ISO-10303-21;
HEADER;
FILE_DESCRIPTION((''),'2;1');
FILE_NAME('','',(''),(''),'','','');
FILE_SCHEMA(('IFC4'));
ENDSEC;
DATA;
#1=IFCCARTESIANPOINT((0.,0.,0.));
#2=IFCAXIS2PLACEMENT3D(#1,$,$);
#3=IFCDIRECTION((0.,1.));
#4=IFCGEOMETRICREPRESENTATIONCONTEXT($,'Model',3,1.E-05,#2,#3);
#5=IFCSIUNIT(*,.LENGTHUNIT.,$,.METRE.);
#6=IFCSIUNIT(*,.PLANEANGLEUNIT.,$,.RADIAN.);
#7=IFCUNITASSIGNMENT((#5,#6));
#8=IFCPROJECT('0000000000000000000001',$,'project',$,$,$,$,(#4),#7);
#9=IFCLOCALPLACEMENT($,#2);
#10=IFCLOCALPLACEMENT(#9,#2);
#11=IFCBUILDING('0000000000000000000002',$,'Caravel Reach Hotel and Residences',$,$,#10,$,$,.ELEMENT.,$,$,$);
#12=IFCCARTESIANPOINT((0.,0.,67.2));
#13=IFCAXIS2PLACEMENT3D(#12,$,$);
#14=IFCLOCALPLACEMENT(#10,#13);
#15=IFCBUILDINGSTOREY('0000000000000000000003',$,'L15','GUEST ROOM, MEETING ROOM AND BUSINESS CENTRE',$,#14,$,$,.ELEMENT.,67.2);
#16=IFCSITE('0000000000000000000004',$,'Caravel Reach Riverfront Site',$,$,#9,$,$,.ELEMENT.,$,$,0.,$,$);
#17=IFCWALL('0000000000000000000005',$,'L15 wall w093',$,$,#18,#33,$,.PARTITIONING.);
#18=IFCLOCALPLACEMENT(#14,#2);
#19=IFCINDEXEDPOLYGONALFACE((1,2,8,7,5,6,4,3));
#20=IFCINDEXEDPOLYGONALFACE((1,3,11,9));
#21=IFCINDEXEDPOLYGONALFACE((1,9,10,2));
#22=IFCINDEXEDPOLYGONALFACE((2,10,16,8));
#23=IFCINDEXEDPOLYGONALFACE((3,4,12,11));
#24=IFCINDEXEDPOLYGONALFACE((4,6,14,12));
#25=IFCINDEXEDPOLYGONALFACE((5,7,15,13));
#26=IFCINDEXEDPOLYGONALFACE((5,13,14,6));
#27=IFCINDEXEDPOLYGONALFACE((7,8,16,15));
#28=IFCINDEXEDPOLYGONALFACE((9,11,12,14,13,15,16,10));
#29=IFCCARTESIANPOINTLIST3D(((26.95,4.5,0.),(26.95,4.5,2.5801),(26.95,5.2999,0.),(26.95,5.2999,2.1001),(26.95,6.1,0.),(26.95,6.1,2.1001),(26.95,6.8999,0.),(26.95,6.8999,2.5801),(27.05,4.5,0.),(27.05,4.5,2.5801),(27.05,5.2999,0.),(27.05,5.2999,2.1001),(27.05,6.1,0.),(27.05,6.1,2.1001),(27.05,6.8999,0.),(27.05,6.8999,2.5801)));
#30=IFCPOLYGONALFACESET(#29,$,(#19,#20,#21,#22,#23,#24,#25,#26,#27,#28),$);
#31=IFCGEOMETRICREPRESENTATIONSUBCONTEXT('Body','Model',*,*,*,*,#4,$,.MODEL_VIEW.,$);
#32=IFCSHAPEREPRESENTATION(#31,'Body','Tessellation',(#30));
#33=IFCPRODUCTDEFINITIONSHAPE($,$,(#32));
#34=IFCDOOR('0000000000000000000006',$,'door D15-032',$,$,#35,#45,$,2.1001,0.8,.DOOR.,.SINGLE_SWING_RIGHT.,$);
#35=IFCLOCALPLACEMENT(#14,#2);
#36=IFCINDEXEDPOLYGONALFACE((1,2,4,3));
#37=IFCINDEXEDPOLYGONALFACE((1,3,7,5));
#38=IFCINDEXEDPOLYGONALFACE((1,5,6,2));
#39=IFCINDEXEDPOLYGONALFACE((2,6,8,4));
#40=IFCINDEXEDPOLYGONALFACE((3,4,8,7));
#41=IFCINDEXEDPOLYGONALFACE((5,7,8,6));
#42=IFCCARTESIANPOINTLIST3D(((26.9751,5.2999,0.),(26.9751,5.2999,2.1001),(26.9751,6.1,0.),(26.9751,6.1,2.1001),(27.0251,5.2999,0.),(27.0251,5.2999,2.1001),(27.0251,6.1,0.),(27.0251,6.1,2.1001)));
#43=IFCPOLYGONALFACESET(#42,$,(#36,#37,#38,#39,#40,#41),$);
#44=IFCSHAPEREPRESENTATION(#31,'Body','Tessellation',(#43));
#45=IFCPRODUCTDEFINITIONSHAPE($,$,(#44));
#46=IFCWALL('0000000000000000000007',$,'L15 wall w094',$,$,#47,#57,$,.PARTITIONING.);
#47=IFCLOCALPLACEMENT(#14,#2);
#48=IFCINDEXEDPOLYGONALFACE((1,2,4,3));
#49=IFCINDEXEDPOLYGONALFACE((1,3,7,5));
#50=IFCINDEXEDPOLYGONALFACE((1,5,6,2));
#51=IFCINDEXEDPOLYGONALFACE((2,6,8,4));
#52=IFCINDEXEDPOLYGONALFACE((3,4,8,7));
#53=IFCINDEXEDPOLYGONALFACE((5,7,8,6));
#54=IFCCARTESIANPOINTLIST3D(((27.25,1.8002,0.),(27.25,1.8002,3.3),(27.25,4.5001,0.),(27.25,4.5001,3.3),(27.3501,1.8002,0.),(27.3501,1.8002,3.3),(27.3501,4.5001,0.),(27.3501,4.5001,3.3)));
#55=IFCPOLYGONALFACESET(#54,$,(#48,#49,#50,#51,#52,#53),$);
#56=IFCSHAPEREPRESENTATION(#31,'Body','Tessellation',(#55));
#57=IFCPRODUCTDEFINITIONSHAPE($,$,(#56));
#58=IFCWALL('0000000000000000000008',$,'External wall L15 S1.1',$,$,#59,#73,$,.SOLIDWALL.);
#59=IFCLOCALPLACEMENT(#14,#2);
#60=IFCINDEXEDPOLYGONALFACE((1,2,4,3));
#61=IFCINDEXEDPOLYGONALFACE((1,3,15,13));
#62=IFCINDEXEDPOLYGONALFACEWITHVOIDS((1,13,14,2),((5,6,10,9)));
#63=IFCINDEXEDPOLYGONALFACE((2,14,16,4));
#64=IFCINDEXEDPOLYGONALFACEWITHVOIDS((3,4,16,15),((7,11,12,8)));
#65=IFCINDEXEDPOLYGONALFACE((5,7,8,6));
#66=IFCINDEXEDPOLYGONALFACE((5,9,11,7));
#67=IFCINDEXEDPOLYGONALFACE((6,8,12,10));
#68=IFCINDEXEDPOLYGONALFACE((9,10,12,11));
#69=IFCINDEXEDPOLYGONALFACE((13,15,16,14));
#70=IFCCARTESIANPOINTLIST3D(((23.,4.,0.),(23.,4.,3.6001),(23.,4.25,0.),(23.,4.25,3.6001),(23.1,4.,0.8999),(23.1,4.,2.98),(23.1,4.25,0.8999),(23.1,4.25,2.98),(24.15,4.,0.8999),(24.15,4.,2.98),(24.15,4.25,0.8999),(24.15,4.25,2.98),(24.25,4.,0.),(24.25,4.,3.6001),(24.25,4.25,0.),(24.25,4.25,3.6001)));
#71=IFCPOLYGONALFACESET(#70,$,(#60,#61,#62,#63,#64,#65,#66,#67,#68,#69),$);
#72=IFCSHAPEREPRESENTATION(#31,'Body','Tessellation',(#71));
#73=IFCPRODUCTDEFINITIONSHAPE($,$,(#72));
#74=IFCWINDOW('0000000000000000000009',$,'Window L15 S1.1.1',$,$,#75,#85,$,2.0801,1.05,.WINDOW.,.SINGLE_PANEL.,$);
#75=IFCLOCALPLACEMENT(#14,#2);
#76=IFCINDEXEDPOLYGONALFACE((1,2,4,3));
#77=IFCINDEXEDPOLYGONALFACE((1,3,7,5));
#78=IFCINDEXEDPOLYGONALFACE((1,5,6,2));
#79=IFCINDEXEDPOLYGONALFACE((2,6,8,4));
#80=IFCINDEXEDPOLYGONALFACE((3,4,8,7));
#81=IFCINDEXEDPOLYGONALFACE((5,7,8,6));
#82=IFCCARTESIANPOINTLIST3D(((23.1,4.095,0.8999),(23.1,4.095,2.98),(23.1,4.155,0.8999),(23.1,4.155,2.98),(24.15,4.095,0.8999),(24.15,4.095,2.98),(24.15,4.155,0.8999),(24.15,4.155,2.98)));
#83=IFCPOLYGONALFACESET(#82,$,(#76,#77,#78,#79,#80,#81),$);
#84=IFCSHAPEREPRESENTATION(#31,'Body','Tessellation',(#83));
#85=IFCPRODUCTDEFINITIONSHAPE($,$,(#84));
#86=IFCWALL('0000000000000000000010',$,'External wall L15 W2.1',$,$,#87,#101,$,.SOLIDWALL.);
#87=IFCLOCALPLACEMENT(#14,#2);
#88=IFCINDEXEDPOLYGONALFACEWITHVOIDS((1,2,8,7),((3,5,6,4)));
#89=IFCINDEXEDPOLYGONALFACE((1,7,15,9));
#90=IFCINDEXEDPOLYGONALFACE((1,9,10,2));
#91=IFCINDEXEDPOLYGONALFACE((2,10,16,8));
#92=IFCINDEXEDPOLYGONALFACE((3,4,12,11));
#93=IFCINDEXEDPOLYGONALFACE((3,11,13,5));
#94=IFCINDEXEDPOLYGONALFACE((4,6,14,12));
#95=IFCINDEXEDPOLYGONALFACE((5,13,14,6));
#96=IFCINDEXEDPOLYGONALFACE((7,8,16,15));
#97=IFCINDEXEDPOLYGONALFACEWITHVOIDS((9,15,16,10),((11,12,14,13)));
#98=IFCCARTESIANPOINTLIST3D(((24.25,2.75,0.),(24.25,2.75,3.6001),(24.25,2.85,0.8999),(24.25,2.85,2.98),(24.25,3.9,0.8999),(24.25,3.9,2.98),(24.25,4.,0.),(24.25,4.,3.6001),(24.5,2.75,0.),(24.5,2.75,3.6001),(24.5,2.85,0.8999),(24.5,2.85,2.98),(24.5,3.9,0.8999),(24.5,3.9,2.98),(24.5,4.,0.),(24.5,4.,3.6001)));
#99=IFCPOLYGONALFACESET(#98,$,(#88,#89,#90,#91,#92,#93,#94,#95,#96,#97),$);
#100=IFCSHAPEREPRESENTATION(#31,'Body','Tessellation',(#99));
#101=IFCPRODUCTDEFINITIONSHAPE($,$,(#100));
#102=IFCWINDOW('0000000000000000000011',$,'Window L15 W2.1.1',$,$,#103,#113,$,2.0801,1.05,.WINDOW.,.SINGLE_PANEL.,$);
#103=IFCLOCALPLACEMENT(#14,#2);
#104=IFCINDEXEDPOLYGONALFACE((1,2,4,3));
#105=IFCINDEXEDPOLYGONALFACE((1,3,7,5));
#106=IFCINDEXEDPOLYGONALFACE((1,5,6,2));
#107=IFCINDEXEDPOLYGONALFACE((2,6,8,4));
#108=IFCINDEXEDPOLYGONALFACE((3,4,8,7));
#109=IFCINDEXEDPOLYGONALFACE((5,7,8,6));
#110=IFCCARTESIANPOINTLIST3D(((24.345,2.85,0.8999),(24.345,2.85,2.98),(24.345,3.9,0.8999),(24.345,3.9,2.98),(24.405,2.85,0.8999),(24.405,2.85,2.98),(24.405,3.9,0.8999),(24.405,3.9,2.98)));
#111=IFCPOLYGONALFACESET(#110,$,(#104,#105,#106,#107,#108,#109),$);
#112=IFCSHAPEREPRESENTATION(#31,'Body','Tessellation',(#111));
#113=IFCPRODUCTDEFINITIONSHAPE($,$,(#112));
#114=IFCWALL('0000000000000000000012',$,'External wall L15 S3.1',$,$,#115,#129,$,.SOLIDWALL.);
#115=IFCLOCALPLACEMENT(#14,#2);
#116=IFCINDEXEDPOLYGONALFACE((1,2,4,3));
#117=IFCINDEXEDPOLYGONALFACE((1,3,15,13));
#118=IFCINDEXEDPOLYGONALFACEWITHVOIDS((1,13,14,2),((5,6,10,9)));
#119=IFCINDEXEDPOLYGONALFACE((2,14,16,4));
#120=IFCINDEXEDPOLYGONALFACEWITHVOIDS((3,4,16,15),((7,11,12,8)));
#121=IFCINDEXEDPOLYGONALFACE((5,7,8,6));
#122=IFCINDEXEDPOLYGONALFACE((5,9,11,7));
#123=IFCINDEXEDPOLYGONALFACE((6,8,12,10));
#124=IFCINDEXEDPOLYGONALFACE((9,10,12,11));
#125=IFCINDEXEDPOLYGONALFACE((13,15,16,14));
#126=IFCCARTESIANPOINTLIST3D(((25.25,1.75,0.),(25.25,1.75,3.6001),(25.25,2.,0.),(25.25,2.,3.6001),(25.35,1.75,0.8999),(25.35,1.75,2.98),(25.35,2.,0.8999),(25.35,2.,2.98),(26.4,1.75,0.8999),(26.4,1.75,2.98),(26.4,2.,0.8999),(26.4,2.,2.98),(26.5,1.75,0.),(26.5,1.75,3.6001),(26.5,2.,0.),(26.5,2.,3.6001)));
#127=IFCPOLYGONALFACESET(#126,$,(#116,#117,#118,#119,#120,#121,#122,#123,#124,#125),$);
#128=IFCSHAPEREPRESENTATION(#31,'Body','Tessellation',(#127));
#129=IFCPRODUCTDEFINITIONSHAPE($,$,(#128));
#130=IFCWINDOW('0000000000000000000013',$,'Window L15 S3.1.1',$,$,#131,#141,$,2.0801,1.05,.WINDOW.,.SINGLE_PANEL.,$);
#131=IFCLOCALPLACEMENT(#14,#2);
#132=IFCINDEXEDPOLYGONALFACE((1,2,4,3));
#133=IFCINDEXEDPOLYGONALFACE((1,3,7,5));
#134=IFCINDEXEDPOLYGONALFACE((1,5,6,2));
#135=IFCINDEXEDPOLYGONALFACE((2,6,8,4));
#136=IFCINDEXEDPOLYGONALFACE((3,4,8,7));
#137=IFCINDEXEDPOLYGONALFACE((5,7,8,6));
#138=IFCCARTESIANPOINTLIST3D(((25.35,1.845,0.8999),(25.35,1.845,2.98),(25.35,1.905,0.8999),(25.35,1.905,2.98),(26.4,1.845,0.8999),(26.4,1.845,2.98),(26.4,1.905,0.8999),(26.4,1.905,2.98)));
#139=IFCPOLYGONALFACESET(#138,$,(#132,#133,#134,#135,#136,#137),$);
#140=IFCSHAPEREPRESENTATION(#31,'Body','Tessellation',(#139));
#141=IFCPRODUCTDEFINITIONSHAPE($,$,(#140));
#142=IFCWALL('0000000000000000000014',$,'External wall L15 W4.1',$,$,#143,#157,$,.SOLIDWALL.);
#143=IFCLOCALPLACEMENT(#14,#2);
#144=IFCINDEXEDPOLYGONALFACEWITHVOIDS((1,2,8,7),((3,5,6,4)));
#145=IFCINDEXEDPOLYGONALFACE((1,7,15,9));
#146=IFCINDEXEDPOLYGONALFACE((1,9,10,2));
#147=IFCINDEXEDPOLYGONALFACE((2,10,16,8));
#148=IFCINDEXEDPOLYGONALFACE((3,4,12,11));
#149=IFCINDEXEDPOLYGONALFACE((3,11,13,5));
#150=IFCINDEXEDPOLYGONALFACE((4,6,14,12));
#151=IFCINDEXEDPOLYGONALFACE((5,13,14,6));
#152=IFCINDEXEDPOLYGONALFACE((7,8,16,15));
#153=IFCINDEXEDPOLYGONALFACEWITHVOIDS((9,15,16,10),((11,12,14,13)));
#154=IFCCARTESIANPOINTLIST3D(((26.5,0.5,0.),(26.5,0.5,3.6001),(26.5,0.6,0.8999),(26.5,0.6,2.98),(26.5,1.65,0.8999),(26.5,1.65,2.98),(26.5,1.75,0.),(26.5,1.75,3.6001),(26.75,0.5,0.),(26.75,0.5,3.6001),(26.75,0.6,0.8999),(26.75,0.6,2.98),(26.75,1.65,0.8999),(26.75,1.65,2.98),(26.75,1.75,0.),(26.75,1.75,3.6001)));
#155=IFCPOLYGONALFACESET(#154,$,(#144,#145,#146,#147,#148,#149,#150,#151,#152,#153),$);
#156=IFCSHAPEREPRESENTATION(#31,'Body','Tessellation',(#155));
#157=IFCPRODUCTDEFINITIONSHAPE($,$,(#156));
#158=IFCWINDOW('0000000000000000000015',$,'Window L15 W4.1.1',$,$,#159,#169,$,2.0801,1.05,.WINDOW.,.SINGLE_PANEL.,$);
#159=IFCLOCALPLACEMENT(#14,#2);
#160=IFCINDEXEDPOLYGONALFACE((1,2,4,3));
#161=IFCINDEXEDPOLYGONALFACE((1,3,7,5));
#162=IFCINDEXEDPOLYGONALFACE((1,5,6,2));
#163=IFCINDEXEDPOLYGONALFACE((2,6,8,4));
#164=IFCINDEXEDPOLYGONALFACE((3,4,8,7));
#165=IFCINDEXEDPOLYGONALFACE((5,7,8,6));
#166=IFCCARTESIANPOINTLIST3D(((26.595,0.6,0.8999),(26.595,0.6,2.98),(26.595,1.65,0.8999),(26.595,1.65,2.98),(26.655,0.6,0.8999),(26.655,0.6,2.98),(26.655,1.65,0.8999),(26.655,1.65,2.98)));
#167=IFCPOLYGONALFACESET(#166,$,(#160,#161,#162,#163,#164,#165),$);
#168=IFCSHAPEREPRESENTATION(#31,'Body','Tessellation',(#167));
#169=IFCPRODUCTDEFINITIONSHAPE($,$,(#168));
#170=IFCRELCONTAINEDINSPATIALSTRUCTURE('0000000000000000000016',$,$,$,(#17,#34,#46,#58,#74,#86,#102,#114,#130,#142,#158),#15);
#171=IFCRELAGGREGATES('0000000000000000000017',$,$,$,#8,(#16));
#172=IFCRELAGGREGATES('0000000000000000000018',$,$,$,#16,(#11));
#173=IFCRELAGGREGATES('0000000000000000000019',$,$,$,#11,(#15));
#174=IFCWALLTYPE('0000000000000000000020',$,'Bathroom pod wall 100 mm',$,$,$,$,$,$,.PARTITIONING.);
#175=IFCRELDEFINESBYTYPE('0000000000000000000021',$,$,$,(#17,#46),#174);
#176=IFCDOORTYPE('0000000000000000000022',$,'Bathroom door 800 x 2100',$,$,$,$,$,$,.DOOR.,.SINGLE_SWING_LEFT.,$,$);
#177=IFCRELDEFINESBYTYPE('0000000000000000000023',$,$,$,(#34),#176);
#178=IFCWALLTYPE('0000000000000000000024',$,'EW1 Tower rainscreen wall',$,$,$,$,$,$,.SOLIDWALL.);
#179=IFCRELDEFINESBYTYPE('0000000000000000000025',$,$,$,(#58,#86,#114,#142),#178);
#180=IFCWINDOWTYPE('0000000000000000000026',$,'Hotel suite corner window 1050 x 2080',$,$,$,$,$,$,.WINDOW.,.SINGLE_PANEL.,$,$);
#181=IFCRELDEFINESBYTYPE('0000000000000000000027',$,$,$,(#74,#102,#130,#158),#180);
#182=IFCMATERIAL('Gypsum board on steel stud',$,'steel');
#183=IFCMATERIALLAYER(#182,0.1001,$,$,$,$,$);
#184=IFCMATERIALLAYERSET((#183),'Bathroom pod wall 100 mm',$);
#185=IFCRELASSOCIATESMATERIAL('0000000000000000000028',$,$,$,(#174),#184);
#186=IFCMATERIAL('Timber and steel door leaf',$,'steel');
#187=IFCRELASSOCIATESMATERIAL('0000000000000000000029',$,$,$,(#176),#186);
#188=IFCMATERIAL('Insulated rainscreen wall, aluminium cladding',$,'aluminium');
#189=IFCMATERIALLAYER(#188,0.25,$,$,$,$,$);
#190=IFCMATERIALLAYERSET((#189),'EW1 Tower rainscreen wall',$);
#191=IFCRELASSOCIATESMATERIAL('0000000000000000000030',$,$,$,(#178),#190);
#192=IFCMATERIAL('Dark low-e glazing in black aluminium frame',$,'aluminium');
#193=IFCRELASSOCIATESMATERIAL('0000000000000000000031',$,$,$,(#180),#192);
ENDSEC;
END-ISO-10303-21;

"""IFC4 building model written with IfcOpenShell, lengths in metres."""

from ifc_helpers import new_model, si_unit, direction, frame, frame_2d, origin, place, context, subcontext, project, spatial, rectangle, extrude, material, layer, layer_set, type_object, element, fill, save


model = new_model("IFC4")

# Units and contexts
model_context = context("Model", 3, precision=1e-05, world=origin(), true_north=direction((0.0, 1.0)))
body_context = subcontext(model_context, "Body", "Model", "MODEL_VIEW")
ifc_project = project(units=[si_unit("LENGTHUNIT", "METRE"), si_unit("PLANEANGLEUNIT", "RADIAN")], contexts=[model_context])

# Site, building, storey
site_placement = place(None, origin())
site = spatial("IfcSite", under=ifc_project, at=site_placement, Name="Caravel Reach Riverfront Site", CompositionType="ELEMENT", RefElevation=0.0)
building_placement = place(site_placement, origin())
building = spatial("IfcBuilding", under=site, at=building_placement, Name="Caravel Reach Hotel and Residences", CompositionType="ELEMENT")
storey_placement = place(building_placement, frame((0.0, 0.0, 67.2)))
storey = spatial("IfcBuildingStorey", under=building, at=storey_placement, Name="L15", Description="GUEST ROOM, MEETING ROOM AND BUSINESS CENTRE", CompositionType="ELEMENT", Elevation=67.2)

# Shared definitions
ifc_material_1 = material(Name="Gypsum board on steel stud", Category="steel")
ifc_layer_1 = layer(ifc_material_1, 0.1001)
ifc_layer_set_1 = layer_set([ifc_layer_1], Name="Bathroom pod wall 100 mm")
wall_type_1 = type_object("IfcWallType", Name="Bathroom pod wall 100 mm", PredefinedType="PARTITIONING", material=ifc_layer_set_1)
ifc_material_2 = material(Name="Timber and steel door leaf", Category="steel")
door_type_1 = type_object("IfcDoorType", Name="Bathroom door 800 x 2100", OperationType="SINGLE_SWING_LEFT", PredefinedType="DOOR", material=ifc_material_2)

# Wall, opening, door
wall_1_placement = place(storey_placement, frame((27.0, 4.5, 0.0), z_axis=(0.0, 0.0, 1.0), x_axis=(0.0, 1.0, 0.0)))
wall_1 = element("IfcWall", 1, at=wall_1_placement, inside=storey, type_object=wall_type_1, Name="L15 wall w093", PredefinedType="PARTITIONING", context=body_context, shape_type="SweptSolid", body=[
    extrude(rectangle(XDim=2.3999, YDim=0.1001, at=frame_2d((1.2, 0.0))), origin(), (0.0, 0.0, 1.0), 2.5801),
])
opening_1_placement = place(wall_1_placement, frame((0.8, 0.0, 0.0)))
opening_1 = element("IfcOpeningElement", 2, at=opening_1_placement, cuts=wall_1, PredefinedType="OPENING", context=body_context, shape_type="SweptSolid", body=[
    extrude(rectangle(XDim=0.8, YDim=2.1001, at=frame_2d((0.3999, 1.05))), frame((0.0, 0.0601, 0.0), z_axis=(0.0, -1.0, 0.0), x_axis=(1.0, 0.0, 0.0)), (0.0, 0.0, 1.0), 0.1201),
])
door_1_placement = place(opening_1_placement, origin())
door_1 = element("IfcDoor", 3, at=door_1_placement, inside=storey, type_object=door_type_1, Name="door D15-032", OperationType="SINGLE_SWING_RIGHT", OverallHeight=2.1001, OverallWidth=0.8, PredefinedType="DOOR", context=body_context, shape_type="SweptSolid", body=[
    extrude(rectangle(XDim=0.8, YDim=2.1001, at=frame_2d((0.3999, 1.05))), frame((0.0, 0.0249, 0.0), z_axis=(0.0, -1.0, 0.0), x_axis=(1.0, 0.0, 0.0)), (0.0, 0.0, 1.0), 0.05),
])
fill(opening_1, door_1)

# Wall
wall_2_placement = place(storey_placement, frame((27.3, 1.8, 0.0), z_axis=(0.0, 0.0, 1.0), x_axis=(0.0, 1.0, 0.0)))
element("IfcWall", 4, at=wall_2_placement, inside=storey, type_object=wall_type_1, Name="L15 wall w094", PredefinedType="PARTITIONING", context=body_context, shape_type="SweptSolid", body=[
    extrude(rectangle(XDim=2.7, YDim=0.1001, at=frame_2d((1.3501, 0.0))), origin(), (0.0, 0.0, 1.0), 3.3),
])

# Walls, openings, windows
ifc_material_3 = material(Name="Insulated rainscreen wall, aluminium cladding", Category="aluminium")
ifc_layer_2 = layer(ifc_material_3, 0.25)
ifc_layer_set_2 = layer_set([ifc_layer_2], Name="EW1 Tower rainscreen wall")
wall_type_2 = type_object("IfcWallType", Name="EW1 Tower rainscreen wall", PredefinedType="SOLIDWALL", material=ifc_layer_set_2)
wall_3_placement = place(storey_placement, frame((23.0, 4.125, 0.0), z_axis=(0.0, 0.0, 1.0), x_axis=(1.0, 0.0, 0.0)))
wall_3 = element("IfcWall", 5, at=wall_3_placement, inside=storey, type_object=wall_type_2, Name="External wall L15 S1.1", PredefinedType="SOLIDWALL", context=body_context, shape_type="SweptSolid", body=[
    extrude(rectangle(XDim=1.25, YDim=0.25, at=frame_2d((0.625, 0.0))), origin(), (0.0, 0.0, 1.0), 3.6001),
])
opening_2_placement = place(wall_3_placement, frame((0.1001, 0.0, 0.8999)))
opening_2 = element("IfcOpeningElement", 6, at=opening_2_placement, cuts=wall_3, PredefinedType="OPENING", context=body_context, shape_type="SweptSolid", body=[
    extrude(rectangle(XDim=1.05, YDim=2.0801, at=frame_2d((0.5249, 1.04))), frame((0.0, 0.135, 0.0), z_axis=(0.0, -1.0, 0.0), x_axis=(1.0, 0.0, 0.0)), (0.0, 0.0, 1.0), 0.27),
])
ifc_material_4 = material(Name="Dark low-e glazing in black aluminium frame", Category="aluminium")
window_type_1 = type_object("IfcWindowType", Name="Hotel suite corner window 1050 x 2080", PartitioningType="SINGLE_PANEL", PredefinedType="WINDOW", material=ifc_material_4)
window_1_placement = place(opening_2_placement, origin())
window_1 = element("IfcWindow", 7, at=window_1_placement, inside=storey, type_object=window_type_1, Name="Window L15 S1.1.1", OverallHeight=2.0801, OverallWidth=1.05, PartitioningType="SINGLE_PANEL", PredefinedType="WINDOW", context=body_context, shape_type="SweptSolid", body=[
    extrude(rectangle(XDim=1.05, YDim=2.0801, at=frame_2d((0.5249, 1.04))), frame((0.0, 0.03, 0.0), z_axis=(0.0, -1.0, 0.0), x_axis=(1.0, 0.0, 0.0)), (0.0, 0.0, 1.0), 0.0601),
])
fill(opening_2, window_1)
wall_4_placement = place(storey_placement, frame((24.375, 4.0, 0.0), z_axis=(0.0, 0.0, 1.0), x_axis=(0.0, -1.0, 0.0)))
wall_4 = element("IfcWall", 8, at=wall_4_placement, inside=storey, type_object=wall_type_2, Name="External wall L15 W2.1", PredefinedType="SOLIDWALL", context=body_context, shape_type="SweptSolid", body=[
    extrude(rectangle(XDim=1.25, YDim=0.25, at=frame_2d((0.625, 0.0))), origin(), (0.0, 0.0, 1.0), 3.6001),
])
opening_3_placement = place(wall_4_placement, frame((0.1001, 0.0, 0.8999)))
opening_3 = element("IfcOpeningElement", 9, at=opening_3_placement, cuts=wall_4, PredefinedType="OPENING", context=body_context, shape_type="SweptSolid", body=[
    extrude(rectangle(XDim=1.05, YDim=2.0801, at=frame_2d((0.5249, 1.04))), frame((0.0, 0.135, 0.0), z_axis=(0.0, -1.0, 0.0), x_axis=(1.0, 0.0, 0.0)), (0.0, 0.0, 1.0), 0.27),
])
window_2_placement = place(opening_3_placement, origin())
window_2 = element("IfcWindow", 10, at=window_2_placement, inside=storey, type_object=window_type_1, Name="Window L15 W2.1.1", OverallHeight=2.0801, OverallWidth=1.05, PartitioningType="SINGLE_PANEL", PredefinedType="WINDOW", context=body_context, shape_type="SweptSolid", body=[
    extrude(rectangle(XDim=1.05, YDim=2.0801, at=frame_2d((0.5249, 1.04))), frame((0.0, 0.03, 0.0), z_axis=(0.0, -1.0, 0.0), x_axis=(1.0, 0.0, 0.0)), (0.0, 0.0, 1.0), 0.0601),
])
fill(opening_3, window_2)
wall_5_placement = place(storey_placement, frame((25.25, 1.875, 0.0), z_axis=(0.0, 0.0, 1.0), x_axis=(1.0, 0.0, 0.0)))
wall_5 = element("IfcWall", 11, at=wall_5_placement, inside=storey, type_object=wall_type_2, Name="External wall L15 S3.1", PredefinedType="SOLIDWALL", context=body_context, shape_type="SweptSolid", body=[
    extrude(rectangle(XDim=1.25, YDim=0.25, at=frame_2d((0.625, 0.0))), origin(), (0.0, 0.0, 1.0), 3.6001),
])
opening_4_placement = place(wall_5_placement, frame((0.1001, 0.0, 0.8999)))
opening_4 = element("IfcOpeningElement", 12, at=opening_4_placement, cuts=wall_5, PredefinedType="OPENING", context=body_context, shape_type="SweptSolid", body=[
    extrude(rectangle(XDim=1.05, YDim=2.0801, at=frame_2d((0.5249, 1.04))), frame((0.0, 0.135, 0.0), z_axis=(0.0, -1.0, 0.0), x_axis=(1.0, 0.0, 0.0)), (0.0, 0.0, 1.0), 0.27),
])
window_3_placement = place(opening_4_placement, origin())
window_3 = element("IfcWindow", 13, at=window_3_placement, inside=storey, type_object=window_type_1, Name="Window L15 S3.1.1", OverallHeight=2.0801, OverallWidth=1.05, PartitioningType="SINGLE_PANEL", PredefinedType="WINDOW", context=body_context, shape_type="SweptSolid", body=[
    extrude(rectangle(XDim=1.05, YDim=2.0801, at=frame_2d((0.5249, 1.04))), frame((0.0, 0.03, 0.0), z_axis=(0.0, -1.0, 0.0), x_axis=(1.0, 0.0, 0.0)), (0.0, 0.0, 1.0), 0.0601),
])
fill(opening_4, window_3)
wall_6_placement = place(storey_placement, frame((26.625, 1.75, 0.0), z_axis=(0.0, 0.0, 1.0), x_axis=(0.0, -1.0, 0.0)))
wall_6 = element("IfcWall", 14, at=wall_6_placement, inside=storey, type_object=wall_type_2, Name="External wall L15 W4.1", PredefinedType="SOLIDWALL", context=body_context, shape_type="SweptSolid", body=[
    extrude(rectangle(XDim=1.25, YDim=0.25, at=frame_2d((0.625, 0.0))), origin(), (0.0, 0.0, 1.0), 3.6001),
])
opening_5_placement = place(wall_6_placement, frame((0.1001, 0.0, 0.8999)))
opening_5 = element("IfcOpeningElement", 15, at=opening_5_placement, cuts=wall_6, PredefinedType="OPENING", context=body_context, shape_type="SweptSolid", body=[
    extrude(rectangle(XDim=1.05, YDim=2.0801, at=frame_2d((0.5249, 1.04))), frame((0.0, 0.135, 0.0), z_axis=(0.0, -1.0, 0.0), x_axis=(1.0, 0.0, 0.0)), (0.0, 0.0, 1.0), 0.27),
])
window_4_placement = place(opening_5_placement, origin())
window_4 = element("IfcWindow", 16, at=window_4_placement, inside=storey, type_object=window_type_1, Name="Window L15 W4.1.1", OverallHeight=2.0801, OverallWidth=1.05, PartitioningType="SINGLE_PANEL", PredefinedType="WINDOW", context=body_context, shape_type="SweptSolid", body=[
    extrude(rectangle(XDim=1.05, YDim=2.0801, at=frame_2d((0.5249, 1.04))), frame((0.0, 0.03, 0.0), z_axis=(0.0, -1.0, 0.0), x_axis=(1.0, 0.0, 0.0)), (0.0, 0.0, 1.0), 0.0601),
])
fill(opening_5, window_4)

save(model, "model.ifc")
